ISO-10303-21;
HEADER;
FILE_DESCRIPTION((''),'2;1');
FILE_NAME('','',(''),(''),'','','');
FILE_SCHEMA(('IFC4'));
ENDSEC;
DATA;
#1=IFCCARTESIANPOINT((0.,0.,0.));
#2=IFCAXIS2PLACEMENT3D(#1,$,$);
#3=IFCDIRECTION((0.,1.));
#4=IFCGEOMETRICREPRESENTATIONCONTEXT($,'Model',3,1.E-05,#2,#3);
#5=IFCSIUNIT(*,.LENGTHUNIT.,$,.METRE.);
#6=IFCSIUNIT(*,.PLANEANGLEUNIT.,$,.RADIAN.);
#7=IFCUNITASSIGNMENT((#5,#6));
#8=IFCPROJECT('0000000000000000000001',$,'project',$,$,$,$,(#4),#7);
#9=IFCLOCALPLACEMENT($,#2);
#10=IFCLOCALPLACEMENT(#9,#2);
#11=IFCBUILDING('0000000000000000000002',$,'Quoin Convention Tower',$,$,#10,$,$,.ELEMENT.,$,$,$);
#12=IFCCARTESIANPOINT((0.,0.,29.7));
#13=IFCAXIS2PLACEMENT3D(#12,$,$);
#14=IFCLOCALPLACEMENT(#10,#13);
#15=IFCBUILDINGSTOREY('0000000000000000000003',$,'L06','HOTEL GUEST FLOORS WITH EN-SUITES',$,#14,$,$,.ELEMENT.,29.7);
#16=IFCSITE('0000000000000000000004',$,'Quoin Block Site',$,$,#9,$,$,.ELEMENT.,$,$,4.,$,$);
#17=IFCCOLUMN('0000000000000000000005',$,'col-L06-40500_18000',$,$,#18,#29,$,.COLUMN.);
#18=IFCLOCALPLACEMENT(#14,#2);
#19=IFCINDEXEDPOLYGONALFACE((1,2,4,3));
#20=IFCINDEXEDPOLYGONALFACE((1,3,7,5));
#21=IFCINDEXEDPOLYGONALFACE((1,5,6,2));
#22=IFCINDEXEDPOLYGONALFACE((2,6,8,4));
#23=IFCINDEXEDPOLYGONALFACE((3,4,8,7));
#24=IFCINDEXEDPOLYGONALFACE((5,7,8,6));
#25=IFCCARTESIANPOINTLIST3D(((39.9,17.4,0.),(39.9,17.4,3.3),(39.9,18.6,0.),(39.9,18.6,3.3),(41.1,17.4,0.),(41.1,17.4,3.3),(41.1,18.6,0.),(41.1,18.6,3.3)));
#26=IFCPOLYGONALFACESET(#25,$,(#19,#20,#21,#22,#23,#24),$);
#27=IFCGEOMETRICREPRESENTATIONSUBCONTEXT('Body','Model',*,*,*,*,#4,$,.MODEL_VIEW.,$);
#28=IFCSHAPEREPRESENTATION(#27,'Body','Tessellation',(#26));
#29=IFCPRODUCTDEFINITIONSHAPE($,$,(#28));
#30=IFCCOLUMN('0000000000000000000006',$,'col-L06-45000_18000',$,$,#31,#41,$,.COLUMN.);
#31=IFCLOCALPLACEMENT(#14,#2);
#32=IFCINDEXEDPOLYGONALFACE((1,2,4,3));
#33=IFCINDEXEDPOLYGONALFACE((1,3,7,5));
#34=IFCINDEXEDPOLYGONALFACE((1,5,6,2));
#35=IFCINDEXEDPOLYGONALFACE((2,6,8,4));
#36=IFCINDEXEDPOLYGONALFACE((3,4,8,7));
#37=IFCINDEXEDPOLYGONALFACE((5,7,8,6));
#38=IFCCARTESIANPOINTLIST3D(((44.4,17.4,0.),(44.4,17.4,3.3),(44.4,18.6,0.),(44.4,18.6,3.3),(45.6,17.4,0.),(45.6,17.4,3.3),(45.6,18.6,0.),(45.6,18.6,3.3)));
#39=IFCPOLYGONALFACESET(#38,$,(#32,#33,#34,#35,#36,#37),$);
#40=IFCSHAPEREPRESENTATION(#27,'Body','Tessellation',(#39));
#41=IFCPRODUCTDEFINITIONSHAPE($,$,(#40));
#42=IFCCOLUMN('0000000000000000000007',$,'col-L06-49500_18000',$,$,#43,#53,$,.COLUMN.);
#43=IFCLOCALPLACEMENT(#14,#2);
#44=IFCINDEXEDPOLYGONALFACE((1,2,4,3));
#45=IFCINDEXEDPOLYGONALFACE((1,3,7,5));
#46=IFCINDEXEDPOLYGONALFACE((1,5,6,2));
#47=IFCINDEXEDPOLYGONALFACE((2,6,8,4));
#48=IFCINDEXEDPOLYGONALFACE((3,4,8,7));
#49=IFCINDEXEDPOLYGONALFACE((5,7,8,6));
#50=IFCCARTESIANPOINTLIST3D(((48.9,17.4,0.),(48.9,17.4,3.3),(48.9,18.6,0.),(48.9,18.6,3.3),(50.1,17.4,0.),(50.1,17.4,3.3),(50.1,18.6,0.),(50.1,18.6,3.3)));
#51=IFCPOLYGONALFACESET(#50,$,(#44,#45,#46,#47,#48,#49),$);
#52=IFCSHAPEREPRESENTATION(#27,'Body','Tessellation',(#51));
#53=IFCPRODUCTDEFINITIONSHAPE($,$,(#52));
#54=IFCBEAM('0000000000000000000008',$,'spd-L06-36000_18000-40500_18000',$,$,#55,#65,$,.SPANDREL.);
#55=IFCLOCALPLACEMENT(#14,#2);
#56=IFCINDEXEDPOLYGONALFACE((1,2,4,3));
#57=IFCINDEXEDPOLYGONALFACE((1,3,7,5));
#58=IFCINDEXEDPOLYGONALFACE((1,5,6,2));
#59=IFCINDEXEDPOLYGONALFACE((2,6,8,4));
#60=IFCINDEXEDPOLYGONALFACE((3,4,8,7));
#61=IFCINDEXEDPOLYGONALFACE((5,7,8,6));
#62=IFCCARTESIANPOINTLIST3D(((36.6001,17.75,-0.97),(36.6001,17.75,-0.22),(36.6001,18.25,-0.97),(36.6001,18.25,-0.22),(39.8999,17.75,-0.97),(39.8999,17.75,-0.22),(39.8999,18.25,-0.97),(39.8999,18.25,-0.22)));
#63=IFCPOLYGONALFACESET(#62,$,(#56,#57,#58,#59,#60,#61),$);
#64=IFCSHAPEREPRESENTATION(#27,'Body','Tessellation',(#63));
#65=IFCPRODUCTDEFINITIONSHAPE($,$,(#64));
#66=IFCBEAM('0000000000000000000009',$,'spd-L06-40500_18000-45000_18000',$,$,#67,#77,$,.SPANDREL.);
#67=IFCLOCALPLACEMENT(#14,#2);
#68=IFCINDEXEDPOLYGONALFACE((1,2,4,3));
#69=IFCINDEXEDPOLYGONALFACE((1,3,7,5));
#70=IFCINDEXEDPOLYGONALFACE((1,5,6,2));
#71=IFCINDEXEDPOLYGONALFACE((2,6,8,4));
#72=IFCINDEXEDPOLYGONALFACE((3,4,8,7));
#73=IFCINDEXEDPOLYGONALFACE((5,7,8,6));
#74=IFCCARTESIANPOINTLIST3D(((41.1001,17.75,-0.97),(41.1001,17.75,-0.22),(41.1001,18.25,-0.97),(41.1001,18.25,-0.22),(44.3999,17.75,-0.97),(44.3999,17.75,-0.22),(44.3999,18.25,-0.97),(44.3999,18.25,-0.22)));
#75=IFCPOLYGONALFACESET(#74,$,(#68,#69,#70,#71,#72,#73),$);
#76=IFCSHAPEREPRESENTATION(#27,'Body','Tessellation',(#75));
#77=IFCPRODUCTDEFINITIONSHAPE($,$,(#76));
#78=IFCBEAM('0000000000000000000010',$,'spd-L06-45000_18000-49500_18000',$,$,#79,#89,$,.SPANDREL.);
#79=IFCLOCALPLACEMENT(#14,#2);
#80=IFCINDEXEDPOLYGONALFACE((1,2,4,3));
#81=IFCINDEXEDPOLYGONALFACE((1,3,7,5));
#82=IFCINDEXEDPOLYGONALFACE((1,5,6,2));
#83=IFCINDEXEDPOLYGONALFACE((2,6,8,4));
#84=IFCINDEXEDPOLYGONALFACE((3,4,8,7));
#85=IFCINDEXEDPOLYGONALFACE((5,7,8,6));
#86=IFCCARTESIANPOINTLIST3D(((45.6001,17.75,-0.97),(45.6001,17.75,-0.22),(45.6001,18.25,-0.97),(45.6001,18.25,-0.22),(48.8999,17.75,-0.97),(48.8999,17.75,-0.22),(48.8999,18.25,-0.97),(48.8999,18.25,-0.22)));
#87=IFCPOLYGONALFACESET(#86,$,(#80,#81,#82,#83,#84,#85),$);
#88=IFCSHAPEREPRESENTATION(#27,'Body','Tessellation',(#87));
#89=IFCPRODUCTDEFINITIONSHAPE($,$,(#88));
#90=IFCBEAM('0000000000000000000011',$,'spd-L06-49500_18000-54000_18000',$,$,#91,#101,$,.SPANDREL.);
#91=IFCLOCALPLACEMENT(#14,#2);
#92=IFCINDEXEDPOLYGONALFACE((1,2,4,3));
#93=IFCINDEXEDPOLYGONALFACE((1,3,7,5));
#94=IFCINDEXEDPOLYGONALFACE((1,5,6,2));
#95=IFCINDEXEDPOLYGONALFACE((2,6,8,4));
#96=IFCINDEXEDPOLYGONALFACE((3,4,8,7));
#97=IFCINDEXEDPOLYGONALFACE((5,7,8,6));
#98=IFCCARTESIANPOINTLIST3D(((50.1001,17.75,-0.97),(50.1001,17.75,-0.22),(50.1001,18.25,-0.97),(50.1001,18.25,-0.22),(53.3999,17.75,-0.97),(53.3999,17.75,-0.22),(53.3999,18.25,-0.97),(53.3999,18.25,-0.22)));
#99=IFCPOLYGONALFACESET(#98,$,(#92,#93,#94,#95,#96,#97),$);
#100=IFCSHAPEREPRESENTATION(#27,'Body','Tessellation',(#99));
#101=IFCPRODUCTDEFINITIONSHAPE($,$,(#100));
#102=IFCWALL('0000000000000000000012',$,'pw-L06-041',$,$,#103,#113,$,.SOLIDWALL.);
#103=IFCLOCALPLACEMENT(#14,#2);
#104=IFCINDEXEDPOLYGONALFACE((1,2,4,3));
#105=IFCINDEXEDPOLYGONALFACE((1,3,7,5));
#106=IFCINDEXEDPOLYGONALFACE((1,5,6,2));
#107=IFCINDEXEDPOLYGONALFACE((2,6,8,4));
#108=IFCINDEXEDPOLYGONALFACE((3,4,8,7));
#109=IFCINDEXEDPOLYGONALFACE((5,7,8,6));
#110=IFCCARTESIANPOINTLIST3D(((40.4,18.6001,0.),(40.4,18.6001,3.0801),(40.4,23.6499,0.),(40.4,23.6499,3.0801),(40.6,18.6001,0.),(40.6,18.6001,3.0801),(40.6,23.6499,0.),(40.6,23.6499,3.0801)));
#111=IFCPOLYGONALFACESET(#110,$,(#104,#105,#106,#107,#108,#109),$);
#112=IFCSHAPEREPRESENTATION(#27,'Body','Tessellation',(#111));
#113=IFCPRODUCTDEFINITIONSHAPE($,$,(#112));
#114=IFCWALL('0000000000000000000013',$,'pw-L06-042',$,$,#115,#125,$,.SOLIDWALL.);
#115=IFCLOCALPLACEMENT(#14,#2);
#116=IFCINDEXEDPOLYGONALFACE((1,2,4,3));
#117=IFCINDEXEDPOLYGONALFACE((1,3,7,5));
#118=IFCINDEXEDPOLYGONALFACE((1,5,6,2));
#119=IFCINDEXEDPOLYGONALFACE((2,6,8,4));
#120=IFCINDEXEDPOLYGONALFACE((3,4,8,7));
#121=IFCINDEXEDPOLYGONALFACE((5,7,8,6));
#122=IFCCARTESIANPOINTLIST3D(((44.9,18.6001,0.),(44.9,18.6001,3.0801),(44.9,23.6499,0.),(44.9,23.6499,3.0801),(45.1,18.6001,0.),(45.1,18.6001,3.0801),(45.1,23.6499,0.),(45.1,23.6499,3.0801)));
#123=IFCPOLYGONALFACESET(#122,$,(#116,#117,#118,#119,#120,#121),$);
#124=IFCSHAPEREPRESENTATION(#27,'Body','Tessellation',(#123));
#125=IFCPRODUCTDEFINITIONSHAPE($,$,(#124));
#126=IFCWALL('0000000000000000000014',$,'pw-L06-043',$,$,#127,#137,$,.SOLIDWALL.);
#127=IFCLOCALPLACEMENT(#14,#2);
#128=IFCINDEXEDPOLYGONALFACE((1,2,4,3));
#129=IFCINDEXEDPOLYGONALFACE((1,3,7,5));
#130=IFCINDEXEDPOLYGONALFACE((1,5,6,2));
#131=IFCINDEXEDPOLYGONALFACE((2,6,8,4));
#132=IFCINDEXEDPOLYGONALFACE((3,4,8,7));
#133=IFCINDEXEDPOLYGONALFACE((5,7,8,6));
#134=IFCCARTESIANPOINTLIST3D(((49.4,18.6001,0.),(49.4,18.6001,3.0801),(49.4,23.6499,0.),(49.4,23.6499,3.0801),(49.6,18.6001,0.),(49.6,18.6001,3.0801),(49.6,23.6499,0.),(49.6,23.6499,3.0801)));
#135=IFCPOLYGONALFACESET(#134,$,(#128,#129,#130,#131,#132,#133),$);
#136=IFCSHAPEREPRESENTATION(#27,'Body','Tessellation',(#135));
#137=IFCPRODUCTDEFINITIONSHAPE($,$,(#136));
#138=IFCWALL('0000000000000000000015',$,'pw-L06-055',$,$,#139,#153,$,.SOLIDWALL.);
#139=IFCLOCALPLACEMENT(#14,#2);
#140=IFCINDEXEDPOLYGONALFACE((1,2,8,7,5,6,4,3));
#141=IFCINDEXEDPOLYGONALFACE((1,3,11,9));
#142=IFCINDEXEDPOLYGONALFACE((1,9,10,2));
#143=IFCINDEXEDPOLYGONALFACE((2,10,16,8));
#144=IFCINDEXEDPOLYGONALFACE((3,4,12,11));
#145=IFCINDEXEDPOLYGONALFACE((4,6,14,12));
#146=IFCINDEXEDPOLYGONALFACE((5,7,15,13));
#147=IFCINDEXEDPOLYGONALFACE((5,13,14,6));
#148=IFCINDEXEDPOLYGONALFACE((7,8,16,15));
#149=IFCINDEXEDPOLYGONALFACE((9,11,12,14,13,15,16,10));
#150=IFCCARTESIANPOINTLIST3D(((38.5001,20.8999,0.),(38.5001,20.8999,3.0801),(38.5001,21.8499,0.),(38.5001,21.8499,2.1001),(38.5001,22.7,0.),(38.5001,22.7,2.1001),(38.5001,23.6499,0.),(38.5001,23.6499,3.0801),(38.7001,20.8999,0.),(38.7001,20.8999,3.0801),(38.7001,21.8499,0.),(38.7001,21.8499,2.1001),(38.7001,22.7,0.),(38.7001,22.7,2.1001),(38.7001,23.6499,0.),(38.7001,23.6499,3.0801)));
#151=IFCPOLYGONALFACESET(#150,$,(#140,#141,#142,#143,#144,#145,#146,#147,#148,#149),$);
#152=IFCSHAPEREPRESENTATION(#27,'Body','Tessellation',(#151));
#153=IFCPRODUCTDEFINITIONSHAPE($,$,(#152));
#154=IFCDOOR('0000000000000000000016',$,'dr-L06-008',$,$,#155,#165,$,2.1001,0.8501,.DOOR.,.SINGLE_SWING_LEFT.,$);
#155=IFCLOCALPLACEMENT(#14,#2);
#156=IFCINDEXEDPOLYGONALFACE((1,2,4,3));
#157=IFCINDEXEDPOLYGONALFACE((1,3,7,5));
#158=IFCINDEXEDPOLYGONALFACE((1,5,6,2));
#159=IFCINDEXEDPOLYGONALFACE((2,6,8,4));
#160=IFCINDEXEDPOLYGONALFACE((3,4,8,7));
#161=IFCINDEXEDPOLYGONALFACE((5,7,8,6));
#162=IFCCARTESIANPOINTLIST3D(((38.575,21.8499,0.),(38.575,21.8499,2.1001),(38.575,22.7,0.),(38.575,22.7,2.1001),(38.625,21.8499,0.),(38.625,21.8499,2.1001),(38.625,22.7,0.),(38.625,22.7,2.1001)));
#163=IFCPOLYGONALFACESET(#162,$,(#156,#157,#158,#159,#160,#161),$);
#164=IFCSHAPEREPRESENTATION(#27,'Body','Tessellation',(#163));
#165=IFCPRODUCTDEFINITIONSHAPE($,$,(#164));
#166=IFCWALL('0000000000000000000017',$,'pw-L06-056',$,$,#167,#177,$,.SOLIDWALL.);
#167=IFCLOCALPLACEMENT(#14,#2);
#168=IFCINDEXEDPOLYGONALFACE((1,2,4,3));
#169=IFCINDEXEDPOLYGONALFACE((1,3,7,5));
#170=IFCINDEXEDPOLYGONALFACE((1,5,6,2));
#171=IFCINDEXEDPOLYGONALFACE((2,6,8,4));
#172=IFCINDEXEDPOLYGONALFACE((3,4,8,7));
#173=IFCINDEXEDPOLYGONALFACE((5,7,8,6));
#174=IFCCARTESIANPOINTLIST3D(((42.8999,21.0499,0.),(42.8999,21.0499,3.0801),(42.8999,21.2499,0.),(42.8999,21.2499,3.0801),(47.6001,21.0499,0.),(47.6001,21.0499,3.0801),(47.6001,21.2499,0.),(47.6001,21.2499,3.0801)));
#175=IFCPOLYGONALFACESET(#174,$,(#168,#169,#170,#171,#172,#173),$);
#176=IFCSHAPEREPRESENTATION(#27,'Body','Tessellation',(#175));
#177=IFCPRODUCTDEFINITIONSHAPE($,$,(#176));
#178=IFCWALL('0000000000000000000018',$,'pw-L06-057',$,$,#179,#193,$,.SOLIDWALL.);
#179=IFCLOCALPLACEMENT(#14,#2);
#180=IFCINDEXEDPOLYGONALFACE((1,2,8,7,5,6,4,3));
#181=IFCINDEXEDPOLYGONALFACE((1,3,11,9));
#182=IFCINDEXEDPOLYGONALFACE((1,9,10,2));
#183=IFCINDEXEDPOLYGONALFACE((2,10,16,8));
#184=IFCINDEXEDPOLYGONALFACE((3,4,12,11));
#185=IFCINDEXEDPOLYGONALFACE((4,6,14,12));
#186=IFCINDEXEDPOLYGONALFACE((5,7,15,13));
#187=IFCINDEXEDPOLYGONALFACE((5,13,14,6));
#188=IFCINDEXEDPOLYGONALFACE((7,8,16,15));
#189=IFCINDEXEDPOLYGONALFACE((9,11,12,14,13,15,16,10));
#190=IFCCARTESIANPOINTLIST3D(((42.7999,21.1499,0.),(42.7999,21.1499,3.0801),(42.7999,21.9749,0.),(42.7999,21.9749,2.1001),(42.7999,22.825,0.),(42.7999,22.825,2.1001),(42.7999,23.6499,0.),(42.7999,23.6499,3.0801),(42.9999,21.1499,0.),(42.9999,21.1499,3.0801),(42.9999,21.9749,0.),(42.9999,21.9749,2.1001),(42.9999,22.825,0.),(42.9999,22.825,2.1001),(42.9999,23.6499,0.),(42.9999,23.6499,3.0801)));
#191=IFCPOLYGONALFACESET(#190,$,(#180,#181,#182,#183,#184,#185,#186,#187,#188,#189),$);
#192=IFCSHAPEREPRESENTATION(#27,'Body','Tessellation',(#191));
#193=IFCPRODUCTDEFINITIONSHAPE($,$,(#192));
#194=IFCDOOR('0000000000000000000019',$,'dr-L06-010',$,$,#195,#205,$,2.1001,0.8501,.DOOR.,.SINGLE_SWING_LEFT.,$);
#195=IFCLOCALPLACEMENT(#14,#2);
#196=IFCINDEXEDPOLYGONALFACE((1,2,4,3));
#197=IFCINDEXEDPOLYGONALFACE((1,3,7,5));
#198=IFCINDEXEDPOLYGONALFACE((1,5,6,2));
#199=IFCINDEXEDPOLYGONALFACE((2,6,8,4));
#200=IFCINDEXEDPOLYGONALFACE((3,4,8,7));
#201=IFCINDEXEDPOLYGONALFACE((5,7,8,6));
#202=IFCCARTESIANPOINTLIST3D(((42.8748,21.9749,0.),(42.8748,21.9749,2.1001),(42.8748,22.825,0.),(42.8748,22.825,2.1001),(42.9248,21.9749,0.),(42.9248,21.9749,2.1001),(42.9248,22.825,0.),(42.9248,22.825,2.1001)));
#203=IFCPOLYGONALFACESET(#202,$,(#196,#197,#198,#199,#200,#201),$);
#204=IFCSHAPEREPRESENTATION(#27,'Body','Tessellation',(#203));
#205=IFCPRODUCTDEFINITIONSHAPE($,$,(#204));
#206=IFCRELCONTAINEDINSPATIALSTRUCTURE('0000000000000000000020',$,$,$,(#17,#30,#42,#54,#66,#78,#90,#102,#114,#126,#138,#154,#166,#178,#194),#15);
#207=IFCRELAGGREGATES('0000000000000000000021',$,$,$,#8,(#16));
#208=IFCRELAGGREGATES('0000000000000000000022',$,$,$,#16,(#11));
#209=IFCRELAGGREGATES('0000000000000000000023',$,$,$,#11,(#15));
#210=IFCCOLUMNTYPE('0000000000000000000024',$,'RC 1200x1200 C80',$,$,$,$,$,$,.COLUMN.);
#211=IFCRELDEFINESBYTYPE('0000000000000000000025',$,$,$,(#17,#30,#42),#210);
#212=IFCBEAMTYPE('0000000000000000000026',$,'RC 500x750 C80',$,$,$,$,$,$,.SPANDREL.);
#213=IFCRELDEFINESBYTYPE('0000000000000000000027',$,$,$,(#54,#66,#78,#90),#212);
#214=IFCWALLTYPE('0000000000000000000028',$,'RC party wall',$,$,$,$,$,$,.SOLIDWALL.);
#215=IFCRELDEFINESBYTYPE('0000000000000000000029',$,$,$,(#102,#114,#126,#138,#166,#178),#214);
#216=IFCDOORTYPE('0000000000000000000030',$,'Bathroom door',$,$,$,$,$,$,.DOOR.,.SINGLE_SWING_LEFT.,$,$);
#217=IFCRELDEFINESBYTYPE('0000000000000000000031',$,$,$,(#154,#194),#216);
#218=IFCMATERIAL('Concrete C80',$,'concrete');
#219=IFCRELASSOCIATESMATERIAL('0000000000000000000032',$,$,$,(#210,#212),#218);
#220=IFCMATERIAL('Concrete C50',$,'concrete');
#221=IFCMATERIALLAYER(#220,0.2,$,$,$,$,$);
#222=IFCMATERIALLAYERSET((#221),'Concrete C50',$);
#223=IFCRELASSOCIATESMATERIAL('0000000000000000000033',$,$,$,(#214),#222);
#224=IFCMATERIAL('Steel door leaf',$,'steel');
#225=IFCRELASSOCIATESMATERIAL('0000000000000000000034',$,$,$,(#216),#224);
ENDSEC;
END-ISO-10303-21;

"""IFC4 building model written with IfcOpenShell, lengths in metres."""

from ifc_helpers import new_model, si_unit, direction, frame, frame_2d, origin, origin_2d, place, context, subcontext, project, spatial, rectangle, extrude, material, layer, layer_set, material_profile, profile_set, type_object, element, fill, save


model = new_model("IFC4")

# Units and contexts
model_context = context("Model", 3, precision=1e-05, world=origin(), true_north=direction((0.0, 1.0)))
body_context = subcontext(model_context, "Body", "Model", "MODEL_VIEW")
ifc_project = project(units=[si_unit("LENGTHUNIT", "METRE"), si_unit("PLANEANGLEUNIT", "RADIAN")], contexts=[model_context])

# Site, building, storey
site_placement = place(None, origin())
site = spatial("IfcSite", under=ifc_project, at=site_placement, Name="Quoin Block Site", CompositionType="ELEMENT", RefElevation=4.0)
building_placement = place(site_placement, origin())
building = spatial("IfcBuilding", under=site, at=building_placement, Name="Quoin Convention Tower", CompositionType="ELEMENT")
storey_placement = place(building_placement, frame((0.0, 0.0, 29.7)))
storey = spatial("IfcBuildingStorey", under=building, at=storey_placement, Name="L06", Description="HOTEL GUEST FLOORS WITH EN-SUITES", CompositionType="ELEMENT", Elevation=29.7)

# Columns
ifc_material_1 = material(Name="Concrete C80", Category="concrete")
ifc_material_profile_1 = material_profile(ifc_material_1, rectangle(XDim=1.2, YDim=1.2, at=origin_2d()), Name="RC 1200x1200")
ifc_profile_set_1 = profile_set([ifc_material_profile_1], Name="Concrete C80")
column_type = type_object("IfcColumnType", Name="RC 1200x1200 C80", PredefinedType="COLUMN", material=ifc_profile_set_1)
for number, where, z_axis, x_axis, name in (
    (1, (40.5, 18.0, 0.0), (0.0, 0.0, 1.0), (1.0, 0.0, 0.0), "col-L06-40500_18000"),
    (2, (45.0, 18.0, 0.0), (0.0, 0.0, 1.0), (1.0, 0.0, 0.0), "col-L06-45000_18000"),
    (3, (49.5, 18.0, 0.0), (0.0, 0.0, 1.0), (1.0, 0.0, 0.0), "col-L06-49500_18000"),
):
    element("IfcColumn", number, at=place(storey_placement, frame(where, z_axis=z_axis, x_axis=x_axis)), inside=storey, type_object=column_type, Name=name, PredefinedType="COLUMN", context=body_context, shape_type="SweptSolid", body=[
        extrude(rectangle(XDim=1.2, YDim=1.2, at=origin_2d()), origin(), (0.0, 0.0, 1.0), 3.3),
    ])

# Beams
ifc_material_profile_2 = material_profile(ifc_material_1, rectangle(XDim=0.5, YDim=0.75, at=origin_2d()), Name="RC 500x750")
ifc_profile_set_2 = profile_set([ifc_material_profile_2], Name="Concrete C80")
beam_type = type_object("IfcBeamType", Name="RC 500x750 C80", PredefinedType="SPANDREL", material=ifc_profile_set_2)
for number, where, z_axis, x_axis, name in (
    (4, (36.6001, 18.0, -0.595), (1.0, 0.0, 0.0), (0.0, 1.0, 0.0), "spd-L06-36000_18000-40500_18000"),
    (5, (41.1001, 18.0, -0.595), (1.0, 0.0, 0.0), (0.0, 1.0, 0.0), "spd-L06-40500_18000-45000_18000"),
    (6, (45.6001, 18.0, -0.595), (1.0, 0.0, 0.0), (0.0, 1.0, 0.0), "spd-L06-45000_18000-49500_18000"),
    (7, (50.1001, 18.0, -0.595), (1.0, 0.0, 0.0), (0.0, 1.0, 0.0), "spd-L06-49500_18000-54000_18000"),
):
    element("IfcBeam", number, at=place(storey_placement, frame(where, z_axis=z_axis, x_axis=x_axis)), inside=storey, type_object=beam_type, Name=name, PredefinedType="SPANDREL", context=body_context, shape_type="SweptSolid", body=[
        extrude(rectangle(XDim=0.5, YDim=0.75, at=origin_2d()), origin(), (0.0, 0.0, 1.0), 3.2998),
    ])

# Walls
ifc_material_2 = material(Name="Concrete C50", Category="concrete")
ifc_layer = layer(ifc_material_2, 0.2)
ifc_layer_set = layer_set([ifc_layer], Name="Concrete C50")
wall_type = type_object("IfcWallType", Name="RC party wall", PredefinedType="SOLIDWALL", material=ifc_layer_set)
for number, where, z_axis, x_axis, name in (
    (8, (40.5, 18.6001, 0.0), (0.0, 0.0, 1.0), (0.0, 1.0, 0.0), "pw-L06-041"),
    (9, (45.0, 18.6001, 0.0), (0.0, 0.0, 1.0), (0.0, 1.0, 0.0), "pw-L06-042"),
    (10, (49.5, 18.6001, 0.0), (0.0, 0.0, 1.0), (0.0, 1.0, 0.0), "pw-L06-043"),
):
    element("IfcWall", number, at=place(storey_placement, frame(where, z_axis=z_axis, x_axis=x_axis)), inside=storey, type_object=wall_type, Name=name, PredefinedType="SOLIDWALL", context=body_context, shape_type="SweptSolid", body=[
        extrude(rectangle(XDim=5.0498, YDim=0.2, at=frame_2d((2.5249, 0.0))), origin(), (0.0, 0.0, 1.0), 3.0801),
    ])

# Wall, opening, door
wall_1_placement = place(storey_placement, frame((38.6001, 20.8999, 0.0), z_axis=(0.0, 0.0, 1.0), x_axis=(0.0, 1.0, 0.0)))
wall_1 = element("IfcWall", 11, at=wall_1_placement, inside=storey, type_object=wall_type, Name="pw-L06-055", PredefinedType="SOLIDWALL", context=body_context, shape_type="SweptSolid", body=[
    extrude(rectangle(XDim=2.75, YDim=0.2, at=frame_2d((1.375, 0.0))), origin(), (0.0, 0.0, 1.0), 3.0801),
])
opening_1_placement = place(wall_1_placement, frame((0.95, 0.0, 0.0)))
opening_1 = element("IfcOpeningElement", 12, at=opening_1_placement, cuts=wall_1, PredefinedType="OPENING", context=body_context, shape_type="SweptSolid", body=[
    extrude(rectangle(XDim=0.8501, YDim=2.1001, at=frame_2d((0.425, 1.05))), frame((0.0, 0.1099, 0.0), z_axis=(0.0, -1.0, 0.0), x_axis=(1.0, 0.0, 0.0)), (0.0, 0.0, 1.0), 0.22),
])
ifc_material_3 = material(Name="Steel door leaf", Category="steel")
door_type = type_object("IfcDoorType", Name="Bathroom door", OperationType="SINGLE_SWING_LEFT", PredefinedType="DOOR", material=ifc_material_3)
door_1_placement = place(opening_1_placement, frame((0.8501, 0.0, 0.0), z_axis=(0.0, 0.0, 1.0), x_axis=(-1.0, 0.0, 0.0)))
door_1 = element("IfcDoor", 13, at=door_1_placement, inside=storey, type_object=door_type, Name="dr-L06-008", OperationType="SINGLE_SWING_LEFT", OverallHeight=2.1001, OverallWidth=0.8501, PredefinedType="DOOR", context=body_context, shape_type="SweptSolid", body=[
    extrude(rectangle(XDim=0.8501, YDim=2.1001, at=frame_2d((0.425, 1.05))), frame((0.0, 0.0249, 0.0), z_axis=(0.0, -1.0, 0.0), x_axis=(1.0, 0.0, 0.0)), (0.0, 0.0, 1.0), 0.05),
])
fill(opening_1, door_1)

# Wall
wall_2_placement = place(storey_placement, frame((42.8999, 21.1499, 0.0), z_axis=(0.0, 0.0, 1.0), x_axis=(1.0, 0.0, 0.0)))
element("IfcWall", 14, at=wall_2_placement, inside=storey, type_object=wall_type, Name="pw-L06-056", PredefinedType="SOLIDWALL", context=body_context, shape_type="SweptSolid", body=[
    extrude(rectangle(XDim=4.7002, YDim=0.2, at=frame_2d((2.3501, 0.0))), origin(), (0.0, 0.0, 1.0), 3.0801),
])

# Wall, opening, door
wall_3_placement = place(storey_placement, frame((42.8999, 21.1499, 0.0), z_axis=(0.0, 0.0, 1.0), x_axis=(0.0, 1.0, 0.0)))
wall_3 = element("IfcWall", 15, at=wall_3_placement, inside=storey, type_object=wall_type, Name="pw-L06-057", PredefinedType="SOLIDWALL", context=body_context, shape_type="SweptSolid", body=[
    extrude(rectangle(XDim=2.5, YDim=0.2, at=frame_2d((1.25, 0.0))), origin(), (0.0, 0.0, 1.0), 3.0801),
])
opening_2_placement = place(wall_3_placement, frame((0.825, 0.0, 0.0)))
opening_2 = element("IfcOpeningElement", 16, at=opening_2_placement, cuts=wall_3, PredefinedType="OPENING", context=body_context, shape_type="SweptSolid", body=[
    extrude(rectangle(XDim=0.8501, YDim=2.1001, at=frame_2d((0.425, 1.05))), frame((0.0, 0.1099, 0.0), z_axis=(0.0, -1.0, 0.0), x_axis=(1.0, 0.0, 0.0)), (0.0, 0.0, 1.0), 0.22),
])
door_2_placement = place(opening_2_placement, frame((0.8501, 0.0, 0.0), z_axis=(0.0, 0.0, 1.0), x_axis=(-1.0, 0.0, 0.0)))
door_2 = element("IfcDoor", 17, at=door_2_placement, inside=storey, type_object=door_type, Name="dr-L06-010", OperationType="SINGLE_SWING_LEFT", OverallHeight=2.1001, OverallWidth=0.8501, PredefinedType="DOOR", context=body_context, shape_type="SweptSolid", body=[
    extrude(rectangle(XDim=0.8501, YDim=2.1001, at=frame_2d((0.425, 1.05))), frame((0.0, 0.0249, 0.0), z_axis=(0.0, -1.0, 0.0), x_axis=(1.0, 0.0, 0.0)), (0.0, 0.0, 1.0), 0.05),
])
fill(opening_2, door_2)

save(model, "model.ifc")
